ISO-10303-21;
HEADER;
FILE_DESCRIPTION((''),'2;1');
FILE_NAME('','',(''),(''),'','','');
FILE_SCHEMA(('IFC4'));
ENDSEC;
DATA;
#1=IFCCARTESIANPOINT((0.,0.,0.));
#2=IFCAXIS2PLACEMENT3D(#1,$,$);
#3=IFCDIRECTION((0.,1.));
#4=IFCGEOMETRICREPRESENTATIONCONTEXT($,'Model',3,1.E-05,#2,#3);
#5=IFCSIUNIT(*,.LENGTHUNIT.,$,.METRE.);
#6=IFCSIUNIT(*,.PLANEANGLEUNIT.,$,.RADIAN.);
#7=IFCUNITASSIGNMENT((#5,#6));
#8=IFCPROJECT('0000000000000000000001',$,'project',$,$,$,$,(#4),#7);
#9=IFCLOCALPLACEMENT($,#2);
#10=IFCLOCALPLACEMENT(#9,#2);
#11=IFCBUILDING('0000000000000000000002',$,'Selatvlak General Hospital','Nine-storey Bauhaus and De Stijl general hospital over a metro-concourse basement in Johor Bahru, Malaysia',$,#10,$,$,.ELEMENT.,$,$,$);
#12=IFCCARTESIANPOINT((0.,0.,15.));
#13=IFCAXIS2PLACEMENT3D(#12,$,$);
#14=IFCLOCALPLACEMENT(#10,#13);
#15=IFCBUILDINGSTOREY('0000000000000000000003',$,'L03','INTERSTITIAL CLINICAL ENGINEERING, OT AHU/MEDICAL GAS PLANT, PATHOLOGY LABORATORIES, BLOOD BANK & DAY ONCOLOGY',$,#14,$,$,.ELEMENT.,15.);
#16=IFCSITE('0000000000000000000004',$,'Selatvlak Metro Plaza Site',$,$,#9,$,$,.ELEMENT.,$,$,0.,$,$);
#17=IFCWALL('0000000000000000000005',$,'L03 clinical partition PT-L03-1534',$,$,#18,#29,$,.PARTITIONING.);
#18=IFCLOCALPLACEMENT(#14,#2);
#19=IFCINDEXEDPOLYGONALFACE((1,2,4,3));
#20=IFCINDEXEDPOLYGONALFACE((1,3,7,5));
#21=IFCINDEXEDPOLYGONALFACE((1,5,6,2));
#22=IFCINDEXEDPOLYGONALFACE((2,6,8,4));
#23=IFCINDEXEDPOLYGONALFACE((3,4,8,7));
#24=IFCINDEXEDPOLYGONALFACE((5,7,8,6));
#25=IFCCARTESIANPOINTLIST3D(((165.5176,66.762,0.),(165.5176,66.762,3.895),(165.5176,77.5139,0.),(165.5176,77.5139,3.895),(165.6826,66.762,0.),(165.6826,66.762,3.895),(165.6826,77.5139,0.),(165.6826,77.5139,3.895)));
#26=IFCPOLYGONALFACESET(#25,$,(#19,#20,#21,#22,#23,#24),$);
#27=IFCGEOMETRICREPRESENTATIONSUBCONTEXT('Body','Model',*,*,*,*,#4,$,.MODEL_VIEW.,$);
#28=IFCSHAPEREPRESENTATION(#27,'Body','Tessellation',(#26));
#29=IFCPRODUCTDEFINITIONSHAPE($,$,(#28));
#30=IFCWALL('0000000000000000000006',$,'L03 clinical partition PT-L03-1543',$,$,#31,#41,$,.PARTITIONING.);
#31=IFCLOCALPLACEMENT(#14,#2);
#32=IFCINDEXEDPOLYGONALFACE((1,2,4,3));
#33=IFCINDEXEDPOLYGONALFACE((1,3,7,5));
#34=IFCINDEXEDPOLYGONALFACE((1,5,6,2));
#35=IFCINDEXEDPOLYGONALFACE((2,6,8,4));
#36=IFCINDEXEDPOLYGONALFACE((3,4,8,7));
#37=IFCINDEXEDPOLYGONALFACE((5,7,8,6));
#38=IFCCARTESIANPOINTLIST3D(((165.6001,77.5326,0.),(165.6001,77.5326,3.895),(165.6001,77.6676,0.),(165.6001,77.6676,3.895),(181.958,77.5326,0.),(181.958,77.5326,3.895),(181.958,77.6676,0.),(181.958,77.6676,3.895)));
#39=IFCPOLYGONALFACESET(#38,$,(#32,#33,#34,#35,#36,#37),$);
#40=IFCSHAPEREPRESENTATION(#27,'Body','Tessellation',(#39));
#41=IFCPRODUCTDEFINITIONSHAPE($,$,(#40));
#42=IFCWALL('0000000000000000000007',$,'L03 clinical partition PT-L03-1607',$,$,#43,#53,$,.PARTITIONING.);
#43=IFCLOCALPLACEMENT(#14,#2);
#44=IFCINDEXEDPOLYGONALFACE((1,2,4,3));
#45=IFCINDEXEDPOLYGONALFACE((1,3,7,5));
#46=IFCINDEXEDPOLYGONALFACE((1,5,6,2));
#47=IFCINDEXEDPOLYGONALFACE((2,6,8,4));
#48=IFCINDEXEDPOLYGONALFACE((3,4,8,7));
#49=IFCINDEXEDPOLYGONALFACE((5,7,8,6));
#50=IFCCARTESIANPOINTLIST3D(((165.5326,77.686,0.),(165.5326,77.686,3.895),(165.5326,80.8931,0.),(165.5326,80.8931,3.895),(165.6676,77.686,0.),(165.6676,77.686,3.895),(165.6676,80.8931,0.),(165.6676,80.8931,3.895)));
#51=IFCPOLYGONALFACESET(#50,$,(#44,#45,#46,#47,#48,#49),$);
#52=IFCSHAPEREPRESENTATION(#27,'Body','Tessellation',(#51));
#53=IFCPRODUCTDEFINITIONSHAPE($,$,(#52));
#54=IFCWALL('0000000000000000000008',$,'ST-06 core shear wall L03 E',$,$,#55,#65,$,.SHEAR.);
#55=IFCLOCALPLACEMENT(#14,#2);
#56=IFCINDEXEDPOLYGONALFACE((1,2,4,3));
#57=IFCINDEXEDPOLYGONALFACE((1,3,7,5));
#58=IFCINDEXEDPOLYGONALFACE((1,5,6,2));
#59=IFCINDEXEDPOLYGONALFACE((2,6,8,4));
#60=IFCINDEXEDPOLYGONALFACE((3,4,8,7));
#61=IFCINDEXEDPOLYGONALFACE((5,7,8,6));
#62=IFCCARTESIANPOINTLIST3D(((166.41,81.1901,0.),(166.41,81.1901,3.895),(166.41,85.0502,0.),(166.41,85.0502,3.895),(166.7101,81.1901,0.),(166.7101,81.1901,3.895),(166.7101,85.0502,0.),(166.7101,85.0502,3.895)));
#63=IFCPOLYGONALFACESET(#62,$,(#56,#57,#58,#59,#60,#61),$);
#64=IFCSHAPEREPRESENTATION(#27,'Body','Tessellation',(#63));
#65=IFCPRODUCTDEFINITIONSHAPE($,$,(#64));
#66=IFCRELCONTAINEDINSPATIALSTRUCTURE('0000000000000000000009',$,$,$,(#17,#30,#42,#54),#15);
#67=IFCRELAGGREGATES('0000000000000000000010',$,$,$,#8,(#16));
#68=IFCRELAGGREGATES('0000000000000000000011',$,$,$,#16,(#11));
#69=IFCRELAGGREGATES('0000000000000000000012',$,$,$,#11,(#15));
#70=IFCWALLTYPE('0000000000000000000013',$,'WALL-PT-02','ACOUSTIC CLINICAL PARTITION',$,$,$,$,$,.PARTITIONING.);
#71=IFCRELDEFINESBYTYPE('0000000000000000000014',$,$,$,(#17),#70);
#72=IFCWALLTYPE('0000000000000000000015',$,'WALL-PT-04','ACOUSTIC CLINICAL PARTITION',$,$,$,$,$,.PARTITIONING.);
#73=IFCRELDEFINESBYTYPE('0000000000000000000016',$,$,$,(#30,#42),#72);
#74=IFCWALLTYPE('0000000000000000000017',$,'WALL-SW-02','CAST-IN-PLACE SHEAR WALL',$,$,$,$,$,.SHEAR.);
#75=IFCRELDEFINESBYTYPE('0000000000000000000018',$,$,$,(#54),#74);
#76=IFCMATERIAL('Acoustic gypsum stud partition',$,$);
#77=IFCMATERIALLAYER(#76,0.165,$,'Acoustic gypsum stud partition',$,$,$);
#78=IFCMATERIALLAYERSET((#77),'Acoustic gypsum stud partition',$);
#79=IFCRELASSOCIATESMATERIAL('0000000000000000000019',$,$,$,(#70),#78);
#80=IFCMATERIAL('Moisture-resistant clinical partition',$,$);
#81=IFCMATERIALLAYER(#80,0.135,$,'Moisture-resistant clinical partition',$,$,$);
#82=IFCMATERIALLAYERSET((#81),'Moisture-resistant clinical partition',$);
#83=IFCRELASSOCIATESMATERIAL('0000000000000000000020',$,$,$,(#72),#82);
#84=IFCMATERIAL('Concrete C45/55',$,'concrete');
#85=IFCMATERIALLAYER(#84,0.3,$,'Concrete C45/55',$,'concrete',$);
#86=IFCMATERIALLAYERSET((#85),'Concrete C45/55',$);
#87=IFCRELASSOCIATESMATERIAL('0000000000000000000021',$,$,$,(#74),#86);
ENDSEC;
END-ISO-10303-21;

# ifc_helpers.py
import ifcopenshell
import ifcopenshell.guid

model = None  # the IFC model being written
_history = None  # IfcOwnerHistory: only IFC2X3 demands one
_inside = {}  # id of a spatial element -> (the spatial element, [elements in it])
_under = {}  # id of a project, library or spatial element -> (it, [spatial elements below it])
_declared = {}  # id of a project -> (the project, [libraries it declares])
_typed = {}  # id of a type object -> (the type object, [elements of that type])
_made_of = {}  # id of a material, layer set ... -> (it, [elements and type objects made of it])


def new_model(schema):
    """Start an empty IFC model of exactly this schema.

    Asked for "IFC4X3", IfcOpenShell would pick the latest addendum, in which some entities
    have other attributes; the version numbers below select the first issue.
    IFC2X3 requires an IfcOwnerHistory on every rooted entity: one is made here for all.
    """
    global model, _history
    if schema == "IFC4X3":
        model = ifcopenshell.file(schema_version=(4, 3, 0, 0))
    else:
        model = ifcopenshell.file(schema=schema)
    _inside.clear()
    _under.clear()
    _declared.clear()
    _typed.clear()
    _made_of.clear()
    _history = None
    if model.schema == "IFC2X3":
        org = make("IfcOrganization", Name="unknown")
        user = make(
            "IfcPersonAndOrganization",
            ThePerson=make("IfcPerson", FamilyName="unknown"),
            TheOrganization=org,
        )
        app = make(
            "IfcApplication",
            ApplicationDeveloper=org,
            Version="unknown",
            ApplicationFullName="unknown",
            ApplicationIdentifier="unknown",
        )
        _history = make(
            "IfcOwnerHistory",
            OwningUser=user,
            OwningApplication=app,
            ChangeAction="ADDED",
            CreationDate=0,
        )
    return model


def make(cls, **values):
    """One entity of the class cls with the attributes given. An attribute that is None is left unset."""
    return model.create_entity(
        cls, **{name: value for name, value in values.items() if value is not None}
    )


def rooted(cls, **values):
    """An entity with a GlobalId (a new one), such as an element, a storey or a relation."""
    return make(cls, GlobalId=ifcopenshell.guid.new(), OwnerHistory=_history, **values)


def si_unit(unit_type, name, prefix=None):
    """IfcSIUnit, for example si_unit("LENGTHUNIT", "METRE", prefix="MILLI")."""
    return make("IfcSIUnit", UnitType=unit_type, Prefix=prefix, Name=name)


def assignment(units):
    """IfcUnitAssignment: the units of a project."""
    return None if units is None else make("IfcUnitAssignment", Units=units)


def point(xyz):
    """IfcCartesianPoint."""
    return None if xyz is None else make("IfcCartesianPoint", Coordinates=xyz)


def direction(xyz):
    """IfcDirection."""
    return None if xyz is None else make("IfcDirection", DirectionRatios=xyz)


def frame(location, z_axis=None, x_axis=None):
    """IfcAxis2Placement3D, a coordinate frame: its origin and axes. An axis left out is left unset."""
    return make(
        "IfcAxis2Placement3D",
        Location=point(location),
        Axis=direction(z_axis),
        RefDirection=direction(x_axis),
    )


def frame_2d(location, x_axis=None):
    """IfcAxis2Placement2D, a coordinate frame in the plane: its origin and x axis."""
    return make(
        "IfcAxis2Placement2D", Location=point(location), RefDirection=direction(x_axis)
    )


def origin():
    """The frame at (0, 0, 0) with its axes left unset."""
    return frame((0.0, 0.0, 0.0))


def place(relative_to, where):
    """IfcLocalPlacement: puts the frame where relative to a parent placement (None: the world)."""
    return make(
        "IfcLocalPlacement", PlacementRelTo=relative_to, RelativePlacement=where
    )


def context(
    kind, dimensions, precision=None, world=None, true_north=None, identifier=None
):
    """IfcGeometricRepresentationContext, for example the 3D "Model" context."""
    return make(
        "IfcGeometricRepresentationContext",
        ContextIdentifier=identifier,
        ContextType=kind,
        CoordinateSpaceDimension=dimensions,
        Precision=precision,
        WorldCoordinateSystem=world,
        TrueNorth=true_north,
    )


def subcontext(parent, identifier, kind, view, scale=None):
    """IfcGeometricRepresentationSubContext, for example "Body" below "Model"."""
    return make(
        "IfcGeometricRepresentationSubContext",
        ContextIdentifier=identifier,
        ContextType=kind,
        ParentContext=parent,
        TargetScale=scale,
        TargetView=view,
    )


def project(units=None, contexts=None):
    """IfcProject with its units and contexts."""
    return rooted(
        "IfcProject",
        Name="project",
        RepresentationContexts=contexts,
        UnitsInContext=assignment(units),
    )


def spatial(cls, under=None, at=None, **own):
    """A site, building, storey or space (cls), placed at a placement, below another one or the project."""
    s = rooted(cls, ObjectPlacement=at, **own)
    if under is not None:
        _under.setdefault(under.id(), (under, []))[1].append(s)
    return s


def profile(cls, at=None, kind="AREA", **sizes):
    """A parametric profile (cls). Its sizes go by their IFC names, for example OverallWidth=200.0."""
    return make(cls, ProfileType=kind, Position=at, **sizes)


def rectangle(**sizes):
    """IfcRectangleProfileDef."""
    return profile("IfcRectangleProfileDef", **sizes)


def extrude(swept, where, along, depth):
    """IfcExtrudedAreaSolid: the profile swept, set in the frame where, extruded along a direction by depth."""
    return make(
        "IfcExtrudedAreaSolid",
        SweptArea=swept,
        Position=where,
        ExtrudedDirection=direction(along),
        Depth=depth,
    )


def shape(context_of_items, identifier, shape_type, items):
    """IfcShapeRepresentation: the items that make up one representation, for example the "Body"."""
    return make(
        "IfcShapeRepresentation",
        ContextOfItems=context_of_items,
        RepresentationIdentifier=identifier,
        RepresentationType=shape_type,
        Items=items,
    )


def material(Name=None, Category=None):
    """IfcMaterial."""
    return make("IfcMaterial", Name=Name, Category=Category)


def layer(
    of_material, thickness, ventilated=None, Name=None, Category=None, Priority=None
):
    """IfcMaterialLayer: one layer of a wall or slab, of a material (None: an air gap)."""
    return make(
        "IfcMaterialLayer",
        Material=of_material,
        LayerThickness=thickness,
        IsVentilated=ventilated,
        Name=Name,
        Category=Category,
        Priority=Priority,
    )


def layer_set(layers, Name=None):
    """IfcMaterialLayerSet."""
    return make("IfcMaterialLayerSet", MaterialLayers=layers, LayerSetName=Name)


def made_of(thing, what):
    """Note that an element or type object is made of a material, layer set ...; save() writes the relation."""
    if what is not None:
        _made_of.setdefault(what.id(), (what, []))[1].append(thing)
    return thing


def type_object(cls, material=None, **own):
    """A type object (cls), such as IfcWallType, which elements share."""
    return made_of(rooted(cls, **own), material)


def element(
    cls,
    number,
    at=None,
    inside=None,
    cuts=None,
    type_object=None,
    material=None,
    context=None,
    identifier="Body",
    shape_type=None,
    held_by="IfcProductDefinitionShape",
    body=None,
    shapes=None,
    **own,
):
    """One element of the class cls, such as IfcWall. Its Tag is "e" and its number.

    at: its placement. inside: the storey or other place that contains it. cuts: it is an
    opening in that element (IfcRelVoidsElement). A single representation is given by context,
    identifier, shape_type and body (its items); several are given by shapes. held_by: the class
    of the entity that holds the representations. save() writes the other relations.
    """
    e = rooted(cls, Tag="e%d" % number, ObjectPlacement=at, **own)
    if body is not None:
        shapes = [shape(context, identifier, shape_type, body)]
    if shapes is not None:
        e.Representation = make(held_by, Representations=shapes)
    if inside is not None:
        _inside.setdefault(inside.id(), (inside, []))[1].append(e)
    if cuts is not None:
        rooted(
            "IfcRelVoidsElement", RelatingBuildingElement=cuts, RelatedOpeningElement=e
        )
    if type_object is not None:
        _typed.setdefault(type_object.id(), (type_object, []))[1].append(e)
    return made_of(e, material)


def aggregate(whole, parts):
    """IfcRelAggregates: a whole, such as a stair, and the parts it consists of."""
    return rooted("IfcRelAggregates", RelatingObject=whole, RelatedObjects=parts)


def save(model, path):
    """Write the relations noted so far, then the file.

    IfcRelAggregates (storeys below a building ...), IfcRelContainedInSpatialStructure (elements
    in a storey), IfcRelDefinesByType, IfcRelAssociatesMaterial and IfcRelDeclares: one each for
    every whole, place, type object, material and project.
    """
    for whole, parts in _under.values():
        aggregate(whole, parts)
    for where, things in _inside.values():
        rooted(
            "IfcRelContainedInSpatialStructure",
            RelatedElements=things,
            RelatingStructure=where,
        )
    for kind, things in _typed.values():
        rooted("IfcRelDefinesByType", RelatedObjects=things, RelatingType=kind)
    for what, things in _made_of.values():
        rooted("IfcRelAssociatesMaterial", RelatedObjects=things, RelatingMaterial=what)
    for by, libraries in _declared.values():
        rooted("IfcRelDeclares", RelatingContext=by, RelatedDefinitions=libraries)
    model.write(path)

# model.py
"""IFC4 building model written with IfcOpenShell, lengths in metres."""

from ifc_helpers import new_model, si_unit, direction, frame, frame_2d, origin, place, context, subcontext, project, spatial, rectangle, extrude, material, layer, layer_set, type_object, element, save


model = new_model("IFC4")

# Units and contexts
model_context = context("Model", 3, precision=1e-05, world=origin(), true_north=direction((0.0, 1.0)))
body_context = subcontext(model_context, "Body", "Model", "MODEL_VIEW")
ifc_project = project(units=[si_unit("LENGTHUNIT", "METRE"), si_unit("PLANEANGLEUNIT", "RADIAN")], contexts=[model_context])

# Site, building, storey
site_placement = place(None, origin())
site = spatial("IfcSite", under=ifc_project, at=site_placement, Name="Selatvlak Metro Plaza Site", CompositionType="ELEMENT", RefElevation=0.0)
building_placement = place(site_placement, origin())
building = spatial("IfcBuilding", under=site, at=building_placement, Name="Selatvlak General Hospital", Description="Nine-storey Bauhaus and De Stijl general hospital over a metro-concourse basement in Johor Bahru, Malaysia", CompositionType="ELEMENT")
storey_placement = place(building_placement, frame((0.0, 0.0, 15.0)))
storey = spatial("IfcBuildingStorey", under=building, at=storey_placement, Name="L03", Description="INTERSTITIAL CLINICAL ENGINEERING, OT AHU/MEDICAL GAS PLANT, PATHOLOGY LABORATORIES, BLOOD BANK & DAY ONCOLOGY", CompositionType="ELEMENT", Elevation=15.0)

# Walls
ifc_material_1 = material(Name="Acoustic gypsum stud partition")
ifc_layer_1 = layer(ifc_material_1, 0.165, Name="Acoustic gypsum stud partition")
ifc_layer_set_1 = layer_set([ifc_layer_1], Name="Acoustic gypsum stud partition")
wall_type_1 = type_object("IfcWallType", Name="WALL-PT-02", Description="ACOUSTIC CLINICAL PARTITION", PredefinedType="PARTITIONING", material=ifc_layer_set_1)
wall_1_placement = place(storey_placement, frame((165.6001, 77.5139, 0.0), z_axis=(0.0, 0.0, 1.0), x_axis=(0.0, -1.0, 0.0)))
element("IfcWall", 1, at=wall_1_placement, inside=storey, type_object=wall_type_1, Name="L03 clinical partition PT-L03-1534", PredefinedType="PARTITIONING", context=body_context, shape_type="SweptSolid", body=[
    extrude(rectangle(XDim=10.752, YDim=0.165, at=frame_2d((5.376, 0.0))), origin(), (0.0, 0.0, 1.0), 3.895),
])
ifc_material_2 = material(Name="Moisture-resistant clinical partition")
ifc_layer_2 = layer(ifc_material_2, 0.135, Name="Moisture-resistant clinical partition")
ifc_layer_set_2 = layer_set([ifc_layer_2], Name="Moisture-resistant clinical partition")
wall_type_2 = type_object("IfcWallType", Name="WALL-PT-04", Description="ACOUSTIC CLINICAL PARTITION", PredefinedType="PARTITIONING", material=ifc_layer_set_2)
wall_2_placement = place(storey_placement, frame((165.6001, 77.6001, 0.0), z_axis=(0.0, 0.0, 1.0), x_axis=(1.0, 0.0, 0.0)))
element("IfcWall", 2, at=wall_2_placement, inside=storey, type_object=wall_type_2, Name="L03 clinical partition PT-L03-1543", PredefinedType="PARTITIONING", context=body_context, shape_type="SweptSolid", body=[
    extrude(rectangle(XDim=16.3579, YDim=0.135, at=frame_2d((8.179, 0.0))), origin(), (0.0, 0.0, 1.0), 3.895),
])
wall_3_placement = place(storey_placement, frame((165.6001, 80.8931, 0.0), z_axis=(0.0, 0.0, 1.0), x_axis=(0.0, -1.0, 0.0)))
element("IfcWall", 3, at=wall_3_placement, inside=storey, type_object=wall_type_2, Name="L03 clinical partition PT-L03-1607", PredefinedType="PARTITIONING", context=body_context, shape_type="SweptSolid", body=[
    extrude(rectangle(XDim=3.207, YDim=0.135, at=frame_2d((1.6035, 0.0))), origin(), (0.0, 0.0, 1.0), 3.895),
])
ifc_material_3 = material(Name="Concrete C45/55", Category="concrete")
ifc_layer_3 = layer(ifc_material_3, 0.3, Name="Concrete C45/55", Category="concrete")
ifc_layer_set_3 = layer_set([ifc_layer_3], Name="Concrete C45/55")
wall_type_3 = type_object("IfcWallType", Name="WALL-SW-02", Description="CAST-IN-PLACE SHEAR WALL", PredefinedType="SHEAR", material=ifc_layer_set_3)
wall_4_placement = place(storey_placement, frame((166.5601, 81.1899, 0.0), z_axis=(0.0, 0.0, 1.0), x_axis=(0.0, 1.0, 0.0)))
element("IfcWall", 4, at=wall_4_placement, inside=storey, type_object=wall_type_3, Name="ST-06 core shear wall L03 E", PredefinedType="SHEAR", context=body_context, shape_type="SweptSolid", body=[
    extrude(rectangle(XDim=3.8601, YDim=0.3, at=frame_2d((1.9302, 0.0))), origin(), (0.0, 0.0, 1.0), 3.895),
])

save(model, "model.ifc")
